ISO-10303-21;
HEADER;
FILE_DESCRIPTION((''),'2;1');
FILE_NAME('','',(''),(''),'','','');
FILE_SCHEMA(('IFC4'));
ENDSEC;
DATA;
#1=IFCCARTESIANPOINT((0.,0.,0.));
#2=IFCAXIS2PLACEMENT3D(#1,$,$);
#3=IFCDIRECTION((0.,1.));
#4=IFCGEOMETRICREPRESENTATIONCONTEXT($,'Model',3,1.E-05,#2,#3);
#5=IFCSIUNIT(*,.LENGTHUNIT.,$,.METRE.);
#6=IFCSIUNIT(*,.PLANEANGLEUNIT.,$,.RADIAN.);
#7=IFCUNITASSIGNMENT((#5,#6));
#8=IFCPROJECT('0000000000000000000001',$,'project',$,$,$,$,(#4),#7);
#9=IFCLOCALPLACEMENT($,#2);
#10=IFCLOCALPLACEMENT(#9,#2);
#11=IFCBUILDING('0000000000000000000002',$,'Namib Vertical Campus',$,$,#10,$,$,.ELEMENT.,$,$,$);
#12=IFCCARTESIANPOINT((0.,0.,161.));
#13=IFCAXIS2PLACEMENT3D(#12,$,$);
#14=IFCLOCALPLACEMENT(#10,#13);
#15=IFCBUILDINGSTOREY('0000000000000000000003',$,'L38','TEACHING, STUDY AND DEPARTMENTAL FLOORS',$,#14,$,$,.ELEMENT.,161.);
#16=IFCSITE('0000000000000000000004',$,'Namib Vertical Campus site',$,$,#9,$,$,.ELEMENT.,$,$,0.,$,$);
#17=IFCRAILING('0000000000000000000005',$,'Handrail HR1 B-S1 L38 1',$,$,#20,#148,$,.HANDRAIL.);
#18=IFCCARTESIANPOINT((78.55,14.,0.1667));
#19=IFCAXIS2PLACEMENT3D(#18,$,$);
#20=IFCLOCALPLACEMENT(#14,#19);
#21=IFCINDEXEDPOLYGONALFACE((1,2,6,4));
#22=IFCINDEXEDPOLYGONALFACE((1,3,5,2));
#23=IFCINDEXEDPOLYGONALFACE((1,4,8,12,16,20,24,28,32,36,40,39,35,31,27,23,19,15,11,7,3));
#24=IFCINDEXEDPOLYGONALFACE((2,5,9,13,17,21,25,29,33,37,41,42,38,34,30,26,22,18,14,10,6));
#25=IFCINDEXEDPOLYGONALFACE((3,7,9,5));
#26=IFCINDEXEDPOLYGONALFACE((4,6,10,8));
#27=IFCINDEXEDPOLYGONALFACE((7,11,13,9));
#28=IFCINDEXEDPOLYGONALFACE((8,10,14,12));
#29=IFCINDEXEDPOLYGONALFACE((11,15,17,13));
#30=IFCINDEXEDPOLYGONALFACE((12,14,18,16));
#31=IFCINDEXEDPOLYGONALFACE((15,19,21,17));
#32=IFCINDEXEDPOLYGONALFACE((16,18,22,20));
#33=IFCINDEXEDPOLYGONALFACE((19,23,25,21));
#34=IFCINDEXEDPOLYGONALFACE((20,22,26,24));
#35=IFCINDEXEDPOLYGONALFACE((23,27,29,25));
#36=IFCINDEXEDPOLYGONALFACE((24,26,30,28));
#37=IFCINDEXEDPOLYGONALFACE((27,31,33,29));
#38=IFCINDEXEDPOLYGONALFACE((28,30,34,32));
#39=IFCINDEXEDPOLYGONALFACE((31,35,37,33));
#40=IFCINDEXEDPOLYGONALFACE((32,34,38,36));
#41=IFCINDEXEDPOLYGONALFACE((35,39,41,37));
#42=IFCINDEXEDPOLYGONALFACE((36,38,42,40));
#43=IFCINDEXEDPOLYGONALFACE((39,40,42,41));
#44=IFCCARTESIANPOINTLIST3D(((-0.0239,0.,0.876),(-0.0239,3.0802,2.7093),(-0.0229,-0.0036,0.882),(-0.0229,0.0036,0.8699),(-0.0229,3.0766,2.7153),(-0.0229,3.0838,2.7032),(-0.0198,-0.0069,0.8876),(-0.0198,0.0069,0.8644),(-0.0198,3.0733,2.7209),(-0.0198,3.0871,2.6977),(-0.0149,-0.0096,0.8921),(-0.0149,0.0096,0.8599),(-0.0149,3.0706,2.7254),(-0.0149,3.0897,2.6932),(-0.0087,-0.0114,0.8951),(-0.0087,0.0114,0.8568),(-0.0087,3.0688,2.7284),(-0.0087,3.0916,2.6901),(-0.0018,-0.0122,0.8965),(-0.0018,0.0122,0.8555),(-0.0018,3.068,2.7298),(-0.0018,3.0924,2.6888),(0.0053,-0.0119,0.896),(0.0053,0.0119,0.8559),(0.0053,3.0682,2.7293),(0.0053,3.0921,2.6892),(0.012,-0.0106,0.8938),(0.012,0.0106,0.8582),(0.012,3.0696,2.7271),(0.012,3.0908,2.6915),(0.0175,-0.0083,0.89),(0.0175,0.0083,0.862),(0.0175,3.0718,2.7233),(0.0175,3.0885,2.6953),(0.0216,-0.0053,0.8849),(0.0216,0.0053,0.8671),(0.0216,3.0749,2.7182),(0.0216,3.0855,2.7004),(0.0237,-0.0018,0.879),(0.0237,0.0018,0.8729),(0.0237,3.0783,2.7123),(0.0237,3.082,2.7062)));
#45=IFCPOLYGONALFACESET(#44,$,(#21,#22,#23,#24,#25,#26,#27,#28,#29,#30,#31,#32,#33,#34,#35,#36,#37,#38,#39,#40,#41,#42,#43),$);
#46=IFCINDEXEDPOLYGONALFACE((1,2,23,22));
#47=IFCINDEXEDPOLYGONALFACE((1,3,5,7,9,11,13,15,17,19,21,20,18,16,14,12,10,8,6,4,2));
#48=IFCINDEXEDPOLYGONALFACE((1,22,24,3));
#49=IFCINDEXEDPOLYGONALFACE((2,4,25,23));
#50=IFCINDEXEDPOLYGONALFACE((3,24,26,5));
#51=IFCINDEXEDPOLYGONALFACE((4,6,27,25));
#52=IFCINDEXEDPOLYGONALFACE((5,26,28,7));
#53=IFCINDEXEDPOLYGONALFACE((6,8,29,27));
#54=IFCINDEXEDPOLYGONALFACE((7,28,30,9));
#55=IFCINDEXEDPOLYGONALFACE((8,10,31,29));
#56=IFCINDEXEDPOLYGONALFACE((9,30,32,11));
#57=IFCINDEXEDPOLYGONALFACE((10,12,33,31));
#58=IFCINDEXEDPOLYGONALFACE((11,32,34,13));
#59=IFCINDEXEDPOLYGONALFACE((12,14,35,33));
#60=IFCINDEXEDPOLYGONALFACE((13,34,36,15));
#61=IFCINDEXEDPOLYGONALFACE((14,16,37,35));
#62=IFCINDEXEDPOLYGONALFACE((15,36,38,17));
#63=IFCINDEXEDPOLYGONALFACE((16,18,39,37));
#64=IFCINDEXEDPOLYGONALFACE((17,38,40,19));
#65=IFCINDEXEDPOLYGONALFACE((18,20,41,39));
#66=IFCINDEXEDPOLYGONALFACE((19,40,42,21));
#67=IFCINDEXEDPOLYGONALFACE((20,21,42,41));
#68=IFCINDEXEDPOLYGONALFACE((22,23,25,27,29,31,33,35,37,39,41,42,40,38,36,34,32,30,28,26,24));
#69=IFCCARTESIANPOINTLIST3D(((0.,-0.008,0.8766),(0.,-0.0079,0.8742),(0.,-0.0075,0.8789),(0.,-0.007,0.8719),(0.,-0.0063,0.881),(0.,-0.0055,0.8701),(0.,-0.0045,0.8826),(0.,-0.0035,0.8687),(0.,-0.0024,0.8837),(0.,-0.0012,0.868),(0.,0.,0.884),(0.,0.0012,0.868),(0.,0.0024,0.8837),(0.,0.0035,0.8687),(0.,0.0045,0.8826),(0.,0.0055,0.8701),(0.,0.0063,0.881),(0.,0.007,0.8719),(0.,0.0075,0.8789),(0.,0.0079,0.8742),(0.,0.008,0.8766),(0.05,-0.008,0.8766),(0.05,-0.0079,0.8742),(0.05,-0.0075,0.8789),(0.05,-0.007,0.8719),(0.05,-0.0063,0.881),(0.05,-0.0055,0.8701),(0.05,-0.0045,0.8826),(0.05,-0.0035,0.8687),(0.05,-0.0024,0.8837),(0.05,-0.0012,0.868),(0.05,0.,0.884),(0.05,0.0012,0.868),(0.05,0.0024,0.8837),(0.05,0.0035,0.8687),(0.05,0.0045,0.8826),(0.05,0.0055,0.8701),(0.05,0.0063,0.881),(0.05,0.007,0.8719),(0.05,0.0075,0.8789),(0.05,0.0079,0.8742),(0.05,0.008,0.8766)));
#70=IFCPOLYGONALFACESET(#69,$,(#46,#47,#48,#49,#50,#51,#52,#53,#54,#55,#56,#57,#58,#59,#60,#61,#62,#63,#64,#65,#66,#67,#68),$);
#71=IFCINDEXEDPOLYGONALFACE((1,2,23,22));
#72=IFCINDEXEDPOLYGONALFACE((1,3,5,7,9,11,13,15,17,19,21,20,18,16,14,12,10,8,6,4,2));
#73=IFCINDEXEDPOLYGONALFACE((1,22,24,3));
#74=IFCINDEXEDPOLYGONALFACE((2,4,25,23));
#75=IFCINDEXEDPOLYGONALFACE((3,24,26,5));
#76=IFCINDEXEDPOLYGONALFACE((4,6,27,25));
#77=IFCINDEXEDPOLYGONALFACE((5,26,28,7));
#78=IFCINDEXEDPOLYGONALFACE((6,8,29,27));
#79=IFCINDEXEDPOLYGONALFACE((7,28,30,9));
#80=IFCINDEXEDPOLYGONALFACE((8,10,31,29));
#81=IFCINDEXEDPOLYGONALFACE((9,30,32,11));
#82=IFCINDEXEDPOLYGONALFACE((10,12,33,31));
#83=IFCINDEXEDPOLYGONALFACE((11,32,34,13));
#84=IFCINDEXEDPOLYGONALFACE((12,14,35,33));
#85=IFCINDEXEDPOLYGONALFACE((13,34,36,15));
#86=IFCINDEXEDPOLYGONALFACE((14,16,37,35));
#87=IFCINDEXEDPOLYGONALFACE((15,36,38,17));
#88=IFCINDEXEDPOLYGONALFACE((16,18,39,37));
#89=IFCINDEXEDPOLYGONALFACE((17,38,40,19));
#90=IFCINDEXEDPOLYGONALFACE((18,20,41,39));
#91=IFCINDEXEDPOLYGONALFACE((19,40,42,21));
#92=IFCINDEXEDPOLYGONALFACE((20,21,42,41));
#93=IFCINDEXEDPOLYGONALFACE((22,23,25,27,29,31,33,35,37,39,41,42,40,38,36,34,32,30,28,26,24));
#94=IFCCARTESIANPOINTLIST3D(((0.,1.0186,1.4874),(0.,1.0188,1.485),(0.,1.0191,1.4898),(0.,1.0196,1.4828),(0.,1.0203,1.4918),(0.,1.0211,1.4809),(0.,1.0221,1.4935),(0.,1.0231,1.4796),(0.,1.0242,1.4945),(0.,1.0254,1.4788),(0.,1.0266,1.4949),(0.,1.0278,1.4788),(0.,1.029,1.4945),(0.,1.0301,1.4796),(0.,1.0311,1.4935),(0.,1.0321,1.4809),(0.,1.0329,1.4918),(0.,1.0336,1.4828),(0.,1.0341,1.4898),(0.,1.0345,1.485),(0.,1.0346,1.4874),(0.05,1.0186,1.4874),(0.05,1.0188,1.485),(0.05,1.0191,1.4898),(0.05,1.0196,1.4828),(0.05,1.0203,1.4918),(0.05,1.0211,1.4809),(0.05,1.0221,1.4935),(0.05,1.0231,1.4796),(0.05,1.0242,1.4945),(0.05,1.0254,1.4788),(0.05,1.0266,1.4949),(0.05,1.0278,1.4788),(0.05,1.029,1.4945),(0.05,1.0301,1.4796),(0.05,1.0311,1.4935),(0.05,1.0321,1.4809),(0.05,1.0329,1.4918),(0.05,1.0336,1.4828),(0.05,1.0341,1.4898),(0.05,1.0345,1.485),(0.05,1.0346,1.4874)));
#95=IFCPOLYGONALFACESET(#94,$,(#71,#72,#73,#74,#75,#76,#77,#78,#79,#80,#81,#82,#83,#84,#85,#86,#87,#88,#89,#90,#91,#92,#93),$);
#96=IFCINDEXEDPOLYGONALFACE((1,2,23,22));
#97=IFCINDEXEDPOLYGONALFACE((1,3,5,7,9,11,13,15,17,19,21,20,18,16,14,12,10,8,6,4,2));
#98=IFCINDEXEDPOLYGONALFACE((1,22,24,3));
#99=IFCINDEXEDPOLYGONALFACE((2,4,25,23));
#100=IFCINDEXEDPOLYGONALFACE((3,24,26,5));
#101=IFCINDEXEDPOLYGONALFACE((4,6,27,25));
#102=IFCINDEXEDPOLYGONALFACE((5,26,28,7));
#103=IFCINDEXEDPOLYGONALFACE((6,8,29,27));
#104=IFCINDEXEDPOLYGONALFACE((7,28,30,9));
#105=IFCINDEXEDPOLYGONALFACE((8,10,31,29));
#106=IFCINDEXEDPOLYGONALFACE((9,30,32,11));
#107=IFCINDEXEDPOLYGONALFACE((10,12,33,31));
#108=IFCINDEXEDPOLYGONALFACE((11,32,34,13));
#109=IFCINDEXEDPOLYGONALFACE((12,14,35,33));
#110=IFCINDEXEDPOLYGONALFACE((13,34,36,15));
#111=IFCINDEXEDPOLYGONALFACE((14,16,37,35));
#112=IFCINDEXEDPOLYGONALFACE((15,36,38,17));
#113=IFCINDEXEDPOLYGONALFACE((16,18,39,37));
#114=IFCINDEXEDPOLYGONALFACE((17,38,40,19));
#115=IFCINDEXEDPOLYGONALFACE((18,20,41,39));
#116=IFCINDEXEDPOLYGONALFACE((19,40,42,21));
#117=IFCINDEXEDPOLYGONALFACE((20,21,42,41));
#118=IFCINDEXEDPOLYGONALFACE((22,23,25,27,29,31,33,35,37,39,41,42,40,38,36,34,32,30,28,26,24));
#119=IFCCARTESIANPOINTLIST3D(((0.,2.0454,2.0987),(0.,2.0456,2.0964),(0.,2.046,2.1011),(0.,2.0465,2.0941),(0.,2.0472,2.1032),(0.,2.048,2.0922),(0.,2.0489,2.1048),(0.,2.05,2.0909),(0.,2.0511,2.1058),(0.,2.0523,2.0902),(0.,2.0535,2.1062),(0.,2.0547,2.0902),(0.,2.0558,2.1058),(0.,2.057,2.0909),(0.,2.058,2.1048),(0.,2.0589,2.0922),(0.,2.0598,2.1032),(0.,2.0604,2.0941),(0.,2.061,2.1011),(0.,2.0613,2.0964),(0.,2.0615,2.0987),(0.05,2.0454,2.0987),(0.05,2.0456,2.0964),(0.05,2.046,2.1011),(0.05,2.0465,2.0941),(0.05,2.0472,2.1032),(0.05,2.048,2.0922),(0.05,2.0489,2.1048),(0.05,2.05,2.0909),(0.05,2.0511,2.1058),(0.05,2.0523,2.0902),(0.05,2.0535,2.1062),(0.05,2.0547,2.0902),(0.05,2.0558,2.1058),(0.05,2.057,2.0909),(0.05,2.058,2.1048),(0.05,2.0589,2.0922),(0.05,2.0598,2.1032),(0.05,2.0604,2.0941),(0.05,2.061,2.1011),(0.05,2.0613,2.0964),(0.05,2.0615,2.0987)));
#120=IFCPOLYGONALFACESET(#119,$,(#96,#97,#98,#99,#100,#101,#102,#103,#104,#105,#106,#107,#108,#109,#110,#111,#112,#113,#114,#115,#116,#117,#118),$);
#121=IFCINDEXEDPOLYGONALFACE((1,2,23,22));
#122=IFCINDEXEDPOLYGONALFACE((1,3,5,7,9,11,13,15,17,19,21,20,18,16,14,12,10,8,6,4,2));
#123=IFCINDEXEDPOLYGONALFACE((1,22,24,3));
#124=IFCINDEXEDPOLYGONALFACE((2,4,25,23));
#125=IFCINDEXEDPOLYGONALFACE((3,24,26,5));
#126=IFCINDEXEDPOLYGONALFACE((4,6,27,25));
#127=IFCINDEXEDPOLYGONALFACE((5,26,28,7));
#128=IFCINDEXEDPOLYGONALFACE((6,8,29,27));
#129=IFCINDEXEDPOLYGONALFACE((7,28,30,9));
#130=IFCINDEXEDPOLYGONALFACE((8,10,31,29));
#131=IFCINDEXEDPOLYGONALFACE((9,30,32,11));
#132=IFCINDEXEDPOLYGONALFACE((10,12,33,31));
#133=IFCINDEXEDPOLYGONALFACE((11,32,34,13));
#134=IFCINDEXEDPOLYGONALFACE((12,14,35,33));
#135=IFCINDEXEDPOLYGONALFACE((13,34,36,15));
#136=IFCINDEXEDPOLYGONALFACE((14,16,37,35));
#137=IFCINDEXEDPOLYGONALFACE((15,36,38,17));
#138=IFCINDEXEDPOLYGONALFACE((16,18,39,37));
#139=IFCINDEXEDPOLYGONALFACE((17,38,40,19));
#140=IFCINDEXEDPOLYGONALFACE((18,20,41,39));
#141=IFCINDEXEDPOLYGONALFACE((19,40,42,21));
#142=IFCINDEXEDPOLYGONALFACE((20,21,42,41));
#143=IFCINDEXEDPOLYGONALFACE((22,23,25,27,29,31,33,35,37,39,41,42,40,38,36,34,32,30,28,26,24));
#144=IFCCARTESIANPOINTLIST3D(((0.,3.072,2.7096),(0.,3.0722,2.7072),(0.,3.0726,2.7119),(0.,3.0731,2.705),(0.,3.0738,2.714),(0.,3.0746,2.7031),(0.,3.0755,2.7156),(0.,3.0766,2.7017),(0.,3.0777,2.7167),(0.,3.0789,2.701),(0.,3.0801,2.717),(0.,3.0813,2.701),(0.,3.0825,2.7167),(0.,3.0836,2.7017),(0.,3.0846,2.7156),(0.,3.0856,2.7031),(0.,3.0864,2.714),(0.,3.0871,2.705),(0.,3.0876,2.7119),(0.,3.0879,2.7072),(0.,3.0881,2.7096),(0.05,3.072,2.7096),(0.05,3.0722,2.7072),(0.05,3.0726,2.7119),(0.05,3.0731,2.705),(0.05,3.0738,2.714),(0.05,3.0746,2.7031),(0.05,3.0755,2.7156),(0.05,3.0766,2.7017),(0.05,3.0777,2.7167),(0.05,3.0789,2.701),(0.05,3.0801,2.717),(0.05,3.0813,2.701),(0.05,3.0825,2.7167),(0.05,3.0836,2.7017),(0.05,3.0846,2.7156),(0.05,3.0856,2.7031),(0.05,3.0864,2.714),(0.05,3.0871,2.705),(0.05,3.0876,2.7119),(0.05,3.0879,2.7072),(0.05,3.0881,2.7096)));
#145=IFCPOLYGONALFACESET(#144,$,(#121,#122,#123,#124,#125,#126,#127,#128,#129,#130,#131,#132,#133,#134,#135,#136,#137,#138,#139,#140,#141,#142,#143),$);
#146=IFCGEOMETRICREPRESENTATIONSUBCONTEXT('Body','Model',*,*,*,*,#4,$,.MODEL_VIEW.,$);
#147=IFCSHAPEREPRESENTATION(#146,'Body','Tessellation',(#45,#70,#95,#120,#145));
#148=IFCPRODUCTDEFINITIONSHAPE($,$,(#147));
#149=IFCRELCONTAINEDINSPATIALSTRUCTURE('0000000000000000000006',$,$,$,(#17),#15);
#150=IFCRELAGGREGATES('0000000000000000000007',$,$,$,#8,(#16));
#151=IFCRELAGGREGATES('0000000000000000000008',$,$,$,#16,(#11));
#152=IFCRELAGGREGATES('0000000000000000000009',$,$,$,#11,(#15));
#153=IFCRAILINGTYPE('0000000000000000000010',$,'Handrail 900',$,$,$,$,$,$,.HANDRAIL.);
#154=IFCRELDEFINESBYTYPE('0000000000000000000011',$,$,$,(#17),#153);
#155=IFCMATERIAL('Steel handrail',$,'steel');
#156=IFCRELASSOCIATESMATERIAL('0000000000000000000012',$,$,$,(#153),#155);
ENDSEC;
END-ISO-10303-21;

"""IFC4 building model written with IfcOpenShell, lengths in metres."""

from ifc_helpers import new_model, si_unit, direction, frame, origin, origin_2d, place, context, subcontext, project, spatial, circle, extrude, material, type_object, element, save


model = new_model("IFC4")

# Units and contexts
model_context = context("Model", 3, precision=1e-05, world=origin(), true_north=direction((0.0, 1.0)))
body_context = subcontext(model_context, "Body", "Model", "MODEL_VIEW")
ifc_project = project(units=[si_unit("LENGTHUNIT", "METRE"), si_unit("PLANEANGLEUNIT", "RADIAN")], contexts=[model_context])

# Site, building, storey
site_placement = place(None, origin())
site = spatial("IfcSite", under=ifc_project, at=site_placement, Name="Namib Vertical Campus site", CompositionType="ELEMENT", RefElevation=0.0)
building_placement = place(site_placement, origin())
building = spatial("IfcBuilding", under=site, at=building_placement, Name="Namib Vertical Campus", CompositionType="ELEMENT")
storey_placement = place(building_placement, frame((0.0, 0.0, 161.0)))
storey = spatial("IfcBuildingStorey", under=building, at=storey_placement, Name="L38", Description="TEACHING, STUDY AND DEPARTMENTAL FLOORS", CompositionType="ELEMENT", Elevation=161.0)

# Railing
ifc_material_1 = material(Name="Steel handrail", Category="steel")
railing_type_1 = type_object("IfcRailingType", Name="Handrail 900", PredefinedType="HANDRAIL", material=ifc_material_1)
railing_1_placement = place(storey_placement, frame((78.55, 14.0, 0.1667)))
element("IfcRailing", 1, at=railing_1_placement, inside=storey, type_object=railing_type_1, Name="Handrail HR1 B-S1 L38 1", PredefinedType="HANDRAIL", context=body_context, shape_type="SweptSolid", body=[
    extrude(circle(Radius=0.0239, at=origin_2d()), frame((0.0, 0.0, 0.876), z_axis=(0.0, 0.859309, 0.511458), x_axis=(-1.0, 0.0, 0.0)), (0.0, 0.0, 1.0), 3.5845),
    extrude(circle(Radius=0.0081, at=origin_2d()), frame((0.0, 0.0, 0.876), z_axis=(1.0, 0.0, 0.0), x_axis=(0.0, 0.0, 1.0)), (0.0, 0.0, 1.0), 0.05),
    extrude(circle(Radius=0.0081, at=origin_2d()), frame((0.0, 1.0266, 1.4868), z_axis=(1.0, 0.0, 0.0), x_axis=(0.0, 0.0, 1.0)), (0.0, 0.0, 1.0), 0.05),
    extrude(circle(Radius=0.0081, at=origin_2d()), frame((0.0, 2.0535, 2.0981), z_axis=(1.0, 0.0, 0.0), x_axis=(0.0, 0.0, 1.0)), (0.0, 0.0, 1.0), 0.05),
    extrude(circle(Radius=0.0081, at=origin_2d()), frame((0.0, 3.0801, 2.709), z_axis=(1.0, 0.0, 0.0), x_axis=(0.0, 0.0, 1.0)), (0.0, 0.0, 1.0), 0.05),
])

save(model, "model.ifc")
